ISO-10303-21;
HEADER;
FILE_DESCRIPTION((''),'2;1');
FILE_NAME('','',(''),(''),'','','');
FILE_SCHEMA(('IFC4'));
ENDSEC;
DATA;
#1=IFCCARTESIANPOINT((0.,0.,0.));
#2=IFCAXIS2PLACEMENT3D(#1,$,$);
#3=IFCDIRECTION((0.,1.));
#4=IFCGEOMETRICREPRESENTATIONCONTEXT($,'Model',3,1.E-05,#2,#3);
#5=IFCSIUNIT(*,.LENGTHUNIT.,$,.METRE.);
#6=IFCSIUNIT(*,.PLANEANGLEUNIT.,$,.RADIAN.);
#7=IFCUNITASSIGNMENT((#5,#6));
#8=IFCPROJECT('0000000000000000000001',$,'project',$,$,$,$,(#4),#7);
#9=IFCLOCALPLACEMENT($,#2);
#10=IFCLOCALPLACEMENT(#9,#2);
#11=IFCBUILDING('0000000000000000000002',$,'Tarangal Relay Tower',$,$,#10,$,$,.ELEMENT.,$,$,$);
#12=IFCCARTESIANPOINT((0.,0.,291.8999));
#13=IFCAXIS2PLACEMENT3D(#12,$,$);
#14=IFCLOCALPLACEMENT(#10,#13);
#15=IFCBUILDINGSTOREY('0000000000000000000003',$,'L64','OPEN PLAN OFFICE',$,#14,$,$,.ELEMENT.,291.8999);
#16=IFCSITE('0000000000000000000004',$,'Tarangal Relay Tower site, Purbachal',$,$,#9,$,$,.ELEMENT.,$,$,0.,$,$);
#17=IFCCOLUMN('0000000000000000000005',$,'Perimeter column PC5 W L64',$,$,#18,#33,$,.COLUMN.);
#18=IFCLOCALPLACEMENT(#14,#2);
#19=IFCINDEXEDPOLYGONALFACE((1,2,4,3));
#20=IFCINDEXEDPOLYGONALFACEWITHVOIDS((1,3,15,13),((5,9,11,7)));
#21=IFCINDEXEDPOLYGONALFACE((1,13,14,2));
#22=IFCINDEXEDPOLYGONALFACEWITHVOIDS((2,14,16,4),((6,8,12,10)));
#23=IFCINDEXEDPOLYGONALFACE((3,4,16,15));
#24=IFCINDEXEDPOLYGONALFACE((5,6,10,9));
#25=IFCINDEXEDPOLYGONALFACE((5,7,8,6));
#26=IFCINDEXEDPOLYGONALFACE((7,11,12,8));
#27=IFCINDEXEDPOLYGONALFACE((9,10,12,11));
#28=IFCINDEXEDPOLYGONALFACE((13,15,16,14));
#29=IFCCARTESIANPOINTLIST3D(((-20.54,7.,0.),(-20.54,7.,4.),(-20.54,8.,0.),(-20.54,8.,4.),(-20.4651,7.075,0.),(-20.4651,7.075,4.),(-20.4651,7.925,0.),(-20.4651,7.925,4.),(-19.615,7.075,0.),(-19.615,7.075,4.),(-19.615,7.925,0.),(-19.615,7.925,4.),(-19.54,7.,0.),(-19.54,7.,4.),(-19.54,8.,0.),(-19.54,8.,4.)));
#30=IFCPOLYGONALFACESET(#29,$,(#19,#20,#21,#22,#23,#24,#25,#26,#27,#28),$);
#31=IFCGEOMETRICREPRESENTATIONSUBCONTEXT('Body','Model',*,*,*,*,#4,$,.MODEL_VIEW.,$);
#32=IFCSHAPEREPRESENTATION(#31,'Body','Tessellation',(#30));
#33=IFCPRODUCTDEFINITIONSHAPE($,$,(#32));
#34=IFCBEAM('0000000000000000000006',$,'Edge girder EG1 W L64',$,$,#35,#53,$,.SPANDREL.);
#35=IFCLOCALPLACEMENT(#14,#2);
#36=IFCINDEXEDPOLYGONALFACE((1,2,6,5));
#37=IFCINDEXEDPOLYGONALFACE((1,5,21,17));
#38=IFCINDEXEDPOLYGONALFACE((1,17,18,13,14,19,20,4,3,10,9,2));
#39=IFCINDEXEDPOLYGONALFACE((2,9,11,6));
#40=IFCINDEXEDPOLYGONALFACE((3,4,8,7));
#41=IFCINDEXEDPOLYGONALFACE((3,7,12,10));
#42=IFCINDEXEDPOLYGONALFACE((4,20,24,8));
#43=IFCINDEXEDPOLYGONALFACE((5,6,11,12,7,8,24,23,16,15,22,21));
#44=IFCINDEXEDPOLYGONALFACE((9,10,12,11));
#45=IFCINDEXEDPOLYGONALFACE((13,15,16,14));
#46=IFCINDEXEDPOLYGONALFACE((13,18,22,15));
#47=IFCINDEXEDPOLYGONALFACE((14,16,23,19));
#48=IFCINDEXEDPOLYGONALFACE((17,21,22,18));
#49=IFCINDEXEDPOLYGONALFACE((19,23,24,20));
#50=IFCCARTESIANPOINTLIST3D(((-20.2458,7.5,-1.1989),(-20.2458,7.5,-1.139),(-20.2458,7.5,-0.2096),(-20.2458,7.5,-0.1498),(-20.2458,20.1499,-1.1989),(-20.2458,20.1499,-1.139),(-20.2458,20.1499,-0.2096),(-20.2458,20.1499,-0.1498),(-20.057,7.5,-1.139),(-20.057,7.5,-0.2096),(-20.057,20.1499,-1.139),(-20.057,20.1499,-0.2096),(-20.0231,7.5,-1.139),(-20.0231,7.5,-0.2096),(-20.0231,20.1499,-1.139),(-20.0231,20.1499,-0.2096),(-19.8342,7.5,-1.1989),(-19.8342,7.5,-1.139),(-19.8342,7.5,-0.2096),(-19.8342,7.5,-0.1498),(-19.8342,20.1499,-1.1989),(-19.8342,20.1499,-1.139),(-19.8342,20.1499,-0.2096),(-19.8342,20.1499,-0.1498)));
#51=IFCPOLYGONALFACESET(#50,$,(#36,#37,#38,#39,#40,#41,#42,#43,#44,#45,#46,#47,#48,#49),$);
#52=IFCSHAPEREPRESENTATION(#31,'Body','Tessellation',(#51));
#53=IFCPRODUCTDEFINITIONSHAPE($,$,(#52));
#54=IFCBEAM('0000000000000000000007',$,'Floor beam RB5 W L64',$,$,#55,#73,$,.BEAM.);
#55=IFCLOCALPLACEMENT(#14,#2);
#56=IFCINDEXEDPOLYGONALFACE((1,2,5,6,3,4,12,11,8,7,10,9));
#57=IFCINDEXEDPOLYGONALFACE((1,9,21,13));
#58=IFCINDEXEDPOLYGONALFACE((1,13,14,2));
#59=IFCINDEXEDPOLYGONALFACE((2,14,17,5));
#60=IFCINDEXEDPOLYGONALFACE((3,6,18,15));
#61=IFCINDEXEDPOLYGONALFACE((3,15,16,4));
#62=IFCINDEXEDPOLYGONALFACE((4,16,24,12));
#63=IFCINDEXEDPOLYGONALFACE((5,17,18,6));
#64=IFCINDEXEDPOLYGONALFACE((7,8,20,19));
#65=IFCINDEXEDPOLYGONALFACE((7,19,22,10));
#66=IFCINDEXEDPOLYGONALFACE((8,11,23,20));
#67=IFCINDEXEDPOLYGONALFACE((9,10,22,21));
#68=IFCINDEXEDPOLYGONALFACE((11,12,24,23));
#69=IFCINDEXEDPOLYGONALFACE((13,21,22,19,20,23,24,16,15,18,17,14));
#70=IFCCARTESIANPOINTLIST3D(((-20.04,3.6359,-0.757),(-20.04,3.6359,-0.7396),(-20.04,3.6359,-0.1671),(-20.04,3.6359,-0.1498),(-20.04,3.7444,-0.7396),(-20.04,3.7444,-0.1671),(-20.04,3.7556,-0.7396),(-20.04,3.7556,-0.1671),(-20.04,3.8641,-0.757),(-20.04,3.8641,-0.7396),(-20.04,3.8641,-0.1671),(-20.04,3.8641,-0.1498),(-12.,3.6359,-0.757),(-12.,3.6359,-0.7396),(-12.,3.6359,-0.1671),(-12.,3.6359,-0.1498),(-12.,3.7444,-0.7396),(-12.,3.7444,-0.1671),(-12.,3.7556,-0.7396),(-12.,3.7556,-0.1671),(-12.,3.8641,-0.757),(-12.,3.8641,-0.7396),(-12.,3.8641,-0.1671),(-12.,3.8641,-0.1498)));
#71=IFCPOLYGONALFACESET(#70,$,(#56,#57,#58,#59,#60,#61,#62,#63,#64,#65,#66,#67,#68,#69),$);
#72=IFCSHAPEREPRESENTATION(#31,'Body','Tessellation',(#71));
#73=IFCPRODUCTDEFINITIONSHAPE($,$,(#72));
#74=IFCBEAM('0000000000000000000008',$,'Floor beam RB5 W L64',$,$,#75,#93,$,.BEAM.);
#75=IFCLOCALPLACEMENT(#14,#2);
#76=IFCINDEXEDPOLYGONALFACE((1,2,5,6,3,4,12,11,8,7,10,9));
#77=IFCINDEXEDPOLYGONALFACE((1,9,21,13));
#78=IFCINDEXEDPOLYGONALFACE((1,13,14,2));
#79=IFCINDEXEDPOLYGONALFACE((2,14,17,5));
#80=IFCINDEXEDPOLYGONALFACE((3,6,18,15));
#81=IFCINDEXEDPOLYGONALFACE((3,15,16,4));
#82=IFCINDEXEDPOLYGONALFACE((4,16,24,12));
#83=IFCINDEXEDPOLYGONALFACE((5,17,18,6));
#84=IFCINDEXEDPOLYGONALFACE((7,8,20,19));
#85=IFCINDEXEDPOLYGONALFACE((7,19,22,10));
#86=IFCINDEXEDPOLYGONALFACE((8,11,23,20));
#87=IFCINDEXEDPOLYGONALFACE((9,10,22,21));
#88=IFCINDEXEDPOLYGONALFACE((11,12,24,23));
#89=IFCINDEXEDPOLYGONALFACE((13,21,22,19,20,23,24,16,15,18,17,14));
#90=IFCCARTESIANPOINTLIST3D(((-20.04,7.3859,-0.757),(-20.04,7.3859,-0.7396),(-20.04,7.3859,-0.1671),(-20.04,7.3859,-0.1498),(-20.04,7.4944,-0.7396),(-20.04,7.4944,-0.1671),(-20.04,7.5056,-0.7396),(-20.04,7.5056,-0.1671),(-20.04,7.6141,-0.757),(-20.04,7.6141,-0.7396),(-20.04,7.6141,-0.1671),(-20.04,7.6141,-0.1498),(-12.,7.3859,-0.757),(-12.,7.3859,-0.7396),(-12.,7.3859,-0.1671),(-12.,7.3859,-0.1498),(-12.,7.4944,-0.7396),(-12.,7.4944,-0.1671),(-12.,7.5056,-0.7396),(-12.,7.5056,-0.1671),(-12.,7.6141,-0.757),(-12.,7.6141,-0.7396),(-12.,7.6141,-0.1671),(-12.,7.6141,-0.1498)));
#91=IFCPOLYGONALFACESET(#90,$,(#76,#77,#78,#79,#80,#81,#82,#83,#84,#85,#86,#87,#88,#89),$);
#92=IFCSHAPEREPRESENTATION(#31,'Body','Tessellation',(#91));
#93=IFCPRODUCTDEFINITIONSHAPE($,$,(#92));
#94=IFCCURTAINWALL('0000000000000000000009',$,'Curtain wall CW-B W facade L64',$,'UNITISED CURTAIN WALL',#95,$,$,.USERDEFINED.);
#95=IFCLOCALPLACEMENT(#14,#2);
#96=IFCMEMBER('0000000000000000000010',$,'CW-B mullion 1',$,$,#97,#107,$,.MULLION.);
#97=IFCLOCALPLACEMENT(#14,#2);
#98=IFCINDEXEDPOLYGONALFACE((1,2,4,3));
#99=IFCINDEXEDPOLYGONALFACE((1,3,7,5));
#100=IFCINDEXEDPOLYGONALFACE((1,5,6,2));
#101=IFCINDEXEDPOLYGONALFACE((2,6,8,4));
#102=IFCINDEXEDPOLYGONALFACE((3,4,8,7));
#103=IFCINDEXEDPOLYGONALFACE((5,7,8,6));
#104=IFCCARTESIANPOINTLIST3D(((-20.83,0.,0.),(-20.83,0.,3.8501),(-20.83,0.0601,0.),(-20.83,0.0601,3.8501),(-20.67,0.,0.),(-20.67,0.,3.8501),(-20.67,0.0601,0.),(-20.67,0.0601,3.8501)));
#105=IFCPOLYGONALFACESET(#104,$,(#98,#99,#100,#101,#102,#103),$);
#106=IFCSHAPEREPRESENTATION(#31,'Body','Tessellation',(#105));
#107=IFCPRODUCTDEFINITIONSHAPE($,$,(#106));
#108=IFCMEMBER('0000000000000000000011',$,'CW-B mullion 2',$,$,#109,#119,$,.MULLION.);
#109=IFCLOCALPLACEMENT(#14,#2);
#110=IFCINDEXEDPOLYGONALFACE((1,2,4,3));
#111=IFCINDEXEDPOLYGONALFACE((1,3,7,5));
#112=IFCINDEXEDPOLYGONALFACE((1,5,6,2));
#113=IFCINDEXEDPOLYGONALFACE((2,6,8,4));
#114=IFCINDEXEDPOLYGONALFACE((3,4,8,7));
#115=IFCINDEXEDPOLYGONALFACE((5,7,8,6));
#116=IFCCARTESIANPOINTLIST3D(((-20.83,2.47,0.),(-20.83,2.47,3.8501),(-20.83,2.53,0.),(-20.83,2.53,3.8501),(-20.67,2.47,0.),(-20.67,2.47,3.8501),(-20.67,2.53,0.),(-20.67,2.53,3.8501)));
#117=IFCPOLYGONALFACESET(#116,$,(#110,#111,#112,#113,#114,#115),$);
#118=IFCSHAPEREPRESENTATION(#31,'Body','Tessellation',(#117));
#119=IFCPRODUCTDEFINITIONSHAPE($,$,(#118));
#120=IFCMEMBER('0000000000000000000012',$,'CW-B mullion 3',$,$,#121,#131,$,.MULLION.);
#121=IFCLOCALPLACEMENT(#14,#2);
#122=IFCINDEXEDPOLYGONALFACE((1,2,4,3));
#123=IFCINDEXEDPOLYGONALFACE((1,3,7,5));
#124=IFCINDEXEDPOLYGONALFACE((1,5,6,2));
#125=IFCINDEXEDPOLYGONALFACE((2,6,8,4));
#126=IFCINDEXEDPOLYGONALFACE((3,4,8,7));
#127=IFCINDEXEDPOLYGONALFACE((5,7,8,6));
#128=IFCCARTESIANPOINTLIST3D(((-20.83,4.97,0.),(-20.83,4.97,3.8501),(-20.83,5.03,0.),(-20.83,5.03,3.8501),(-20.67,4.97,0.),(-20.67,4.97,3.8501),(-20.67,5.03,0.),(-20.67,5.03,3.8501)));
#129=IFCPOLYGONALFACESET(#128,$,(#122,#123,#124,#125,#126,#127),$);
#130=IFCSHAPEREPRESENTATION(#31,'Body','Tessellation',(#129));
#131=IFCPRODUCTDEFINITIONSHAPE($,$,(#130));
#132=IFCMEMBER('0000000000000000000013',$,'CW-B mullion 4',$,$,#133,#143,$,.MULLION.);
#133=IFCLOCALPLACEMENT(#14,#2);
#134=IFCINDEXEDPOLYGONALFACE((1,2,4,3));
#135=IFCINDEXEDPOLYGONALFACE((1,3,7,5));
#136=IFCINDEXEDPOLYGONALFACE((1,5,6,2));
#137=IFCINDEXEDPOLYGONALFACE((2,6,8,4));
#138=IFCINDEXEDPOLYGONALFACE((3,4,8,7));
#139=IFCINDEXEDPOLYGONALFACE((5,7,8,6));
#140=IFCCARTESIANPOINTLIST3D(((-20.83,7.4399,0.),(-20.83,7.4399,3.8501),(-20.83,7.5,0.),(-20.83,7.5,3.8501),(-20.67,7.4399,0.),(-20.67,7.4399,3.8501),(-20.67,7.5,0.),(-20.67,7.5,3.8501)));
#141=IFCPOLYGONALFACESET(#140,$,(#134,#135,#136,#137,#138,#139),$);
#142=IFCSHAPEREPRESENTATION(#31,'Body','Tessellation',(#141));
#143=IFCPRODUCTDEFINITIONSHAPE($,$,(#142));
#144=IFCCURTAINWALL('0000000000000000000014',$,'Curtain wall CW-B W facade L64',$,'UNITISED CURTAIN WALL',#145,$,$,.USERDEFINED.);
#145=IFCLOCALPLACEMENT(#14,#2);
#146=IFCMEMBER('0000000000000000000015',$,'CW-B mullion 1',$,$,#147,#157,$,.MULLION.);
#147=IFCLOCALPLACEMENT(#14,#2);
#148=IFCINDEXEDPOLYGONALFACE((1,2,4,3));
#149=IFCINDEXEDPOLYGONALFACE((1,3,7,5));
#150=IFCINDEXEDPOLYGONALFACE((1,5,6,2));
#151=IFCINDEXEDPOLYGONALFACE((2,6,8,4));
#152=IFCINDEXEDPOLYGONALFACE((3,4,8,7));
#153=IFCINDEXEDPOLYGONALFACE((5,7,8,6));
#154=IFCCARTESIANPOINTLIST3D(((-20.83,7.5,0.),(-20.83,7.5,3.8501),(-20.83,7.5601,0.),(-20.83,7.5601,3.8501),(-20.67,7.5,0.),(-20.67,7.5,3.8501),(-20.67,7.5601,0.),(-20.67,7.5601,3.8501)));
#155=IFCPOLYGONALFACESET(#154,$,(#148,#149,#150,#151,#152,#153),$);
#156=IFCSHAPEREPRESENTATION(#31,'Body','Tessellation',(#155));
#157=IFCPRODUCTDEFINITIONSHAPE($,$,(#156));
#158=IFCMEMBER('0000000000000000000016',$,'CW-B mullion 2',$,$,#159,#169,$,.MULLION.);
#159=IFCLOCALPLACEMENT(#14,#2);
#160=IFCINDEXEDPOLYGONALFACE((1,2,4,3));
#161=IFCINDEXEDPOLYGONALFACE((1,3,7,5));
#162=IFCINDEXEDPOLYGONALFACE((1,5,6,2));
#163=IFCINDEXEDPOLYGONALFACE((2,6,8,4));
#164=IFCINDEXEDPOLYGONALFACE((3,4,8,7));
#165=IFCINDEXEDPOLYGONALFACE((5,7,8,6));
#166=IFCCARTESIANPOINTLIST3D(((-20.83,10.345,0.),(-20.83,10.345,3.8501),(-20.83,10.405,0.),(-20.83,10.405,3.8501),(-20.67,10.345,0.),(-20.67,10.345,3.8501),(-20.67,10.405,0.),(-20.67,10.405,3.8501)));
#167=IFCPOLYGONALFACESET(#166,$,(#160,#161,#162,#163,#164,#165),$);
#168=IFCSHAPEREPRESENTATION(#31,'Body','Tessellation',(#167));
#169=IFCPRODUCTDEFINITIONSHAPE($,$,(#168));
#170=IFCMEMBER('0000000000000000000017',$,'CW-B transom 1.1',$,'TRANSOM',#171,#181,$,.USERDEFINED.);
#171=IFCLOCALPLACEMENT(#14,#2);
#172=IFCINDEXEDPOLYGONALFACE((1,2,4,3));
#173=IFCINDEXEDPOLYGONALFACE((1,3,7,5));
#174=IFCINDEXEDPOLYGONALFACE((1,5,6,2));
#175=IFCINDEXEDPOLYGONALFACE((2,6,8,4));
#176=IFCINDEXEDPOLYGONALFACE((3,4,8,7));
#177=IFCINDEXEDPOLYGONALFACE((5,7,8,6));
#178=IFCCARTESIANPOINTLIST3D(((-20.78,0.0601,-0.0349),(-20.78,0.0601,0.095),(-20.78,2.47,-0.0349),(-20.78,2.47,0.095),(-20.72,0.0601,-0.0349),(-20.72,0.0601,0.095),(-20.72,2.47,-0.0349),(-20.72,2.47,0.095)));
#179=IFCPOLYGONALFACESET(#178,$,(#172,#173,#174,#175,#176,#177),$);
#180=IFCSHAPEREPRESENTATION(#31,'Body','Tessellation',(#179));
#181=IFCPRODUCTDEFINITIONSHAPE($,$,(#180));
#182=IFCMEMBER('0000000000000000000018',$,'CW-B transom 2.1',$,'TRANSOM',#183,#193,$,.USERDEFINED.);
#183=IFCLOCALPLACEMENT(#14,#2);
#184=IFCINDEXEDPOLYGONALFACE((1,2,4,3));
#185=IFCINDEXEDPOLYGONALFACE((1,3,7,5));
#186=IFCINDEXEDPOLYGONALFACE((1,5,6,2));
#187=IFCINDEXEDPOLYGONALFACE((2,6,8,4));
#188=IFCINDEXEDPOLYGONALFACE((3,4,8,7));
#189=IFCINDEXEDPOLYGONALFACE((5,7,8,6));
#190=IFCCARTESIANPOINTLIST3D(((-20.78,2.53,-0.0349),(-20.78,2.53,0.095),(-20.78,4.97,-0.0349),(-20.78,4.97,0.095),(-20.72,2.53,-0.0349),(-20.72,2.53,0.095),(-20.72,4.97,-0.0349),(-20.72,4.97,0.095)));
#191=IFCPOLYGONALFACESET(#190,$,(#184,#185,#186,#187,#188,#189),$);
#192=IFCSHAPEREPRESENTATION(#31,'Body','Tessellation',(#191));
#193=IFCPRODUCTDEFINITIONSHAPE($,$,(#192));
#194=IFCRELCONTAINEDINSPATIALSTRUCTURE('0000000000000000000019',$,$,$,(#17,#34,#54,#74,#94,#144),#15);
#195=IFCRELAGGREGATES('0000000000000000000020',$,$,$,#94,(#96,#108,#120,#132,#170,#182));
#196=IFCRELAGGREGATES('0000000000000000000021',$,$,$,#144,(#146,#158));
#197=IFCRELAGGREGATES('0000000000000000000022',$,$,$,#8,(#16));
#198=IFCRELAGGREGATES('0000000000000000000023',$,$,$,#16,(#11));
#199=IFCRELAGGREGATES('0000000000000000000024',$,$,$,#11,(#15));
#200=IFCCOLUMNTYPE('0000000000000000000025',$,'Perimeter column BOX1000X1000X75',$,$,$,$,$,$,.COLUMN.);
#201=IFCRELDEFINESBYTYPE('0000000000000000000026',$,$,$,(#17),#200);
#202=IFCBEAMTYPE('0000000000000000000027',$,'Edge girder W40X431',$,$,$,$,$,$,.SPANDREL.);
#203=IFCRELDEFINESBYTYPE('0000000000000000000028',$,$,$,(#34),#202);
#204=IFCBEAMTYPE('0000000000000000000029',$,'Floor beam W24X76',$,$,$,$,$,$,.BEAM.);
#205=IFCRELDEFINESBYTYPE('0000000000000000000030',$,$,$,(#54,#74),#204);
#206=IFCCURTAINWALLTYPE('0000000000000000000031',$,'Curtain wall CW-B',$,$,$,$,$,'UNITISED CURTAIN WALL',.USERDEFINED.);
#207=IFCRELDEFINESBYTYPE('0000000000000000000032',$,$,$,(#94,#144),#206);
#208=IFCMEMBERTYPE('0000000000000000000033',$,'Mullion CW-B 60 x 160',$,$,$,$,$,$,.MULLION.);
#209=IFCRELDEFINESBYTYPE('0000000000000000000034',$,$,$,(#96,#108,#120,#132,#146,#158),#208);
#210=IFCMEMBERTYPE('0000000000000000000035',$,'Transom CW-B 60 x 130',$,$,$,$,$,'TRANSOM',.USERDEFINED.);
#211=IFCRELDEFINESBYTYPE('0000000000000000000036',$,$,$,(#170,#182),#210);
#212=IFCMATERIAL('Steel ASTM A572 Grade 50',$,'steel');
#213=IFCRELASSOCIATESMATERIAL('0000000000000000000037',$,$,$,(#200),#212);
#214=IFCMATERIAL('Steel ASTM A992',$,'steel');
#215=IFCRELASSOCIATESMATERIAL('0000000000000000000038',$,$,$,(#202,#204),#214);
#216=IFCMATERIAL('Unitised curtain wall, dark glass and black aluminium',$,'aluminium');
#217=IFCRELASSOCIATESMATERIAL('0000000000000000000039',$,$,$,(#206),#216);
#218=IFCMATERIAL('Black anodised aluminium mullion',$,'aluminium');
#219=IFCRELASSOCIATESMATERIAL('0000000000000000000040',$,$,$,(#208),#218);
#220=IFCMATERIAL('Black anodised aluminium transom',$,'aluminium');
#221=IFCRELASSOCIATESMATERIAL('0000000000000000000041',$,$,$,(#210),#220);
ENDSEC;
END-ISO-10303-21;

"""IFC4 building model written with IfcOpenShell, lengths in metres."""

from ifc_helpers import new_model, si_unit, direction, frame, origin, origin_2d, place, context, subcontext, project, spatial, rectangle, hollow_rectangle, i_section, extrude, material, material_profile, profile_set, type_object, element, aggregate, save


model = new_model("IFC4")

# Units and contexts
model_context = context("Model", 3, precision=1e-05, world=origin(), true_north=direction((0.0, 1.0)))
body_context = subcontext(model_context, "Body", "Model", "MODEL_VIEW")
ifc_project = project(units=[si_unit("LENGTHUNIT", "METRE"), si_unit("PLANEANGLEUNIT", "RADIAN")], contexts=[model_context])

# Site, building, storey
site_placement = place(None, origin())
site = spatial("IfcSite", under=ifc_project, at=site_placement, Name="Tarangal Relay Tower site, Purbachal", CompositionType="ELEMENT", RefElevation=0.0)
building_placement = place(site_placement, origin())
building = spatial("IfcBuilding", under=site, at=building_placement, Name="Tarangal Relay Tower", CompositionType="ELEMENT")
storey_placement = place(building_placement, frame((0.0, 0.0, 291.8999)))
storey = spatial("IfcBuildingStorey", under=building, at=storey_placement, Name="L64", Description="OPEN PLAN OFFICE", CompositionType="ELEMENT", Elevation=291.8999)

# Column
ifc_material_1 = material(Name="Steel ASTM A572 Grade 50", Category="steel")
ifc_material_profile_1 = material_profile(ifc_material_1, hollow_rectangle(XDim=1.0, YDim=1.0, WallThickness=0.075, at=origin_2d()), Name="BOX1000X1000X75")
ifc_profile_set_1 = profile_set([ifc_material_profile_1], Name="Steel ASTM A572 Grade 50")
column_type = type_object("IfcColumnType", Name="Perimeter column BOX1000X1000X75", PredefinedType="COLUMN", material=ifc_profile_set_1)
column_placement = place(storey_placement, frame((-20.04, 7.5, 0.0), z_axis=(0.0, 0.0, 1.0), x_axis=(1.0, 0.0, 0.0)))
element("IfcColumn", 1, at=column_placement, inside=storey, type_object=column_type, Name="Perimeter column PC5 W L64", PredefinedType="COLUMN", context=body_context, shape_type="SweptSolid", body=[
    extrude(hollow_rectangle(XDim=1.0, YDim=1.0, WallThickness=0.075, at=origin_2d()), origin(), (0.0, 0.0, 1.0), 4.0),
])

# Beams
ifc_material_2 = material(Name="Steel ASTM A992", Category="steel")
ifc_material_profile_2 = material_profile(ifc_material_2, i_section(OverallWidth=0.4116, OverallDepth=1.0491, WebThickness=0.0339, FlangeThickness=0.0598, at=origin_2d()), Name="W40X431")
ifc_profile_set_2 = profile_set([ifc_material_profile_2], Name="Steel ASTM A992")
beam_type_1 = type_object("IfcBeamType", Name="Edge girder W40X431", PredefinedType="SPANDREL", material=ifc_profile_set_2)
beam_placement = place(storey_placement, frame((-20.04, 7.5, -0.6743), z_axis=(0.0, 1.0, 0.0), x_axis=(-1.0, 0.0, 0.0)))
element("IfcBeam", 2, at=beam_placement, inside=storey, type_object=beam_type_1, Name="Edge girder EG1 W L64", PredefinedType="SPANDREL", context=body_context, shape_type="SweptSolid", body=[
    extrude(i_section(OverallWidth=0.4116, OverallDepth=1.0491, WebThickness=0.0339, FlangeThickness=0.0598, at=origin_2d()), origin(), (0.0, 0.0, 1.0), 12.6499),
])
ifc_material_profile_3 = material_profile(ifc_material_2, i_section(OverallWidth=0.2283, OverallDepth=0.6072, WebThickness=0.0112, FlangeThickness=0.0173, at=origin_2d()), Name="W24X76")
ifc_profile_set_3 = profile_set([ifc_material_profile_3], Name="Steel ASTM A992")
beam_type_2 = type_object("IfcBeamType", Name="Floor beam W24X76", PredefinedType="BEAM", material=ifc_profile_set_3)
for number, where, z_axis, x_axis, name in (
    (3, (-12.0, 3.75, -0.4534), (-1.0, 0.0, 0.0), (0.0, -1.0, 0.0), "Floor beam RB5 W L64"),
    (4, (-12.0, 7.5, -0.4534), (-1.0, 0.0, 0.0), (0.0, -1.0, 0.0), "Floor beam RB5 W L64"),
):
    element("IfcBeam", number, at=place(storey_placement, frame(where, z_axis=z_axis, x_axis=x_axis)), inside=storey, type_object=beam_type_2, Name=name, PredefinedType="BEAM", context=body_context, shape_type="SweptSolid", body=[
        extrude(i_section(OverallWidth=0.2283, OverallDepth=0.6072, WebThickness=0.0112, FlangeThickness=0.0173, at=origin_2d()), origin(), (0.0, 0.0, 1.0), 8.04),
    ])

# Curtain walls, members
ifc_material_3 = material(Name="Unitised curtain wall, dark glass and black aluminium", Category="aluminium")
curtain_wall_type = type_object("IfcCurtainWallType", Name="Curtain wall CW-B", ElementType="UNITISED CURTAIN WALL", PredefinedType="USERDEFINED", material=ifc_material_3)
curtain_wall_1_placement = place(storey_placement, origin())
curtain_wall_1 = element("IfcCurtainWall", 5, at=curtain_wall_1_placement, inside=storey, type_object=curtain_wall_type, Name="Curtain wall CW-B W facade L64", ObjectType="UNITISED CURTAIN WALL", PredefinedType="USERDEFINED")
ifc_material_4 = material(Name="Black anodised aluminium mullion", Category="aluminium")
ifc_material_profile_4 = material_profile(ifc_material_4, rectangle(XDim=0.1599, YDim=0.0601, at=origin_2d()), Name="CW-BM 60X160")
ifc_profile_set_4 = profile_set([ifc_material_profile_4], Name="Black anodised aluminium mullion")
member_type_1 = type_object("IfcMemberType", Name="Mullion CW-B 60 x 160", PredefinedType="MULLION", material=ifc_profile_set_4)
member_1_placement = place(storey_placement, frame((-20.75, 0.03, 0.0), z_axis=(0.0, 0.0, 1.0), x_axis=(-1.0, 0.0, 0.0)))
member_1 = element("IfcMember", 6, at=member_1_placement, type_object=member_type_1, Name="CW-B mullion 1", PredefinedType="MULLION", context=body_context, shape_type="SweptSolid", body=[
    extrude(rectangle(XDim=0.1599, YDim=0.0601, at=origin_2d()), origin(), (0.0, 0.0, 1.0), 3.8501),
])
member_2_placement = place(storey_placement, frame((-20.75, 2.5, 0.0), z_axis=(0.0, 0.0, 1.0), x_axis=(-1.0, 0.0, 0.0)))
member_2 = element("IfcMember", 7, at=member_2_placement, type_object=member_type_1, Name="CW-B mullion 2", PredefinedType="MULLION", context=body_context, shape_type="SweptSolid", body=[
    extrude(rectangle(XDim=0.1599, YDim=0.0601, at=origin_2d()), origin(), (0.0, 0.0, 1.0), 3.8501),
])
member_3_placement = place(storey_placement, frame((-20.75, 5.0, 0.0), z_axis=(0.0, 0.0, 1.0), x_axis=(-1.0, 0.0, 0.0)))
member_3 = element("IfcMember", 8, at=member_3_placement, type_object=member_type_1, Name="CW-B mullion 3", PredefinedType="MULLION", context=body_context, shape_type="SweptSolid", body=[
    extrude(rectangle(XDim=0.1599, YDim=0.0601, at=origin_2d()), origin(), (0.0, 0.0, 1.0), 3.8501),
])
member_4_placement = place(storey_placement, frame((-20.75, 7.47, 0.0), z_axis=(0.0, 0.0, 1.0), x_axis=(-1.0, 0.0, 0.0)))
member_4 = element("IfcMember", 9, at=member_4_placement, type_object=member_type_1, Name="CW-B mullion 4", PredefinedType="MULLION", context=body_context, shape_type="SweptSolid", body=[
    extrude(rectangle(XDim=0.1599, YDim=0.0601, at=origin_2d()), origin(), (0.0, 0.0, 1.0), 3.8501),
])
curtain_wall_2_placement = place(storey_placement, origin())
curtain_wall_2 = element("IfcCurtainWall", 10, at=curtain_wall_2_placement, inside=storey, type_object=curtain_wall_type, Name="Curtain wall CW-B W facade L64", ObjectType="UNITISED CURTAIN WALL", PredefinedType="USERDEFINED")
member_5_placement = place(storey_placement, frame((-20.75, 7.53, 0.0), z_axis=(0.0, 0.0, 1.0), x_axis=(-1.0, 0.0, 0.0)))
member_5 = element("IfcMember", 11, at=member_5_placement, type_object=member_type_1, Name="CW-B mullion 1", PredefinedType="MULLION", context=body_context, shape_type="SweptSolid", body=[
    extrude(rectangle(XDim=0.1599, YDim=0.0601, at=origin_2d()), origin(), (0.0, 0.0, 1.0), 3.8501),
])
member_6_placement = place(storey_placement, frame((-20.75, 10.375, 0.0), z_axis=(0.0, 0.0, 1.0), x_axis=(-1.0, 0.0, 0.0)))
member_6 = element("IfcMember", 12, at=member_6_placement, type_object=member_type_1, Name="CW-B mullion 2", PredefinedType="MULLION", context=body_context, shape_type="SweptSolid", body=[
    extrude(rectangle(XDim=0.1599, YDim=0.0601, at=origin_2d()), origin(), (0.0, 0.0, 1.0), 3.8501),
])

# Members
ifc_material_5 = material(Name="Black anodised aluminium transom", Category="aluminium")
ifc_material_profile_5 = material_profile(ifc_material_5, rectangle(XDim=0.0601, YDim=0.1299, at=origin_2d()), Name="CW-BT 60X130")
ifc_profile_set_5 = profile_set([ifc_material_profile_5], Name="Black anodised aluminium transom")
member_type_2 = type_object("IfcMemberType", Name="Transom CW-B 60 x 130", ElementType="TRANSOM", PredefinedType="USERDEFINED", material=ifc_profile_set_5)
member_7_placement = place(storey_placement, frame((-20.75, 0.0601, 0.03), z_axis=(0.0, 1.0, 0.0), x_axis=(-1.0, 0.0, 0.0)))
member_7 = element("IfcMember", 13, at=member_7_placement, type_object=member_type_2, Name="CW-B transom 1.1", ObjectType="TRANSOM", PredefinedType="USERDEFINED", context=body_context, shape_type="SweptSolid", body=[
    extrude(rectangle(XDim=0.0601, YDim=0.1299, at=origin_2d()), origin(), (0.0, 0.0, 1.0), 2.4099),
])
member_8_placement = place(storey_placement, frame((-20.75, 2.53, 0.03), z_axis=(0.0, 1.0, 0.0), x_axis=(-1.0, 0.0, 0.0)))
member_8 = element("IfcMember", 14, at=member_8_placement, type_object=member_type_2, Name="CW-B transom 2.1", ObjectType="TRANSOM", PredefinedType="USERDEFINED", context=body_context, shape_type="SweptSolid", body=[
    extrude(rectangle(XDim=0.0601, YDim=0.1299, at=origin_2d()), origin(), (0.0, 0.0, 1.0), 2.4399),
])

aggregate(curtain_wall_1, [member_1, member_2, member_3, member_4, member_7, member_8])
aggregate(curtain_wall_2, [member_5, member_6])

save(model, "model.ifc")
